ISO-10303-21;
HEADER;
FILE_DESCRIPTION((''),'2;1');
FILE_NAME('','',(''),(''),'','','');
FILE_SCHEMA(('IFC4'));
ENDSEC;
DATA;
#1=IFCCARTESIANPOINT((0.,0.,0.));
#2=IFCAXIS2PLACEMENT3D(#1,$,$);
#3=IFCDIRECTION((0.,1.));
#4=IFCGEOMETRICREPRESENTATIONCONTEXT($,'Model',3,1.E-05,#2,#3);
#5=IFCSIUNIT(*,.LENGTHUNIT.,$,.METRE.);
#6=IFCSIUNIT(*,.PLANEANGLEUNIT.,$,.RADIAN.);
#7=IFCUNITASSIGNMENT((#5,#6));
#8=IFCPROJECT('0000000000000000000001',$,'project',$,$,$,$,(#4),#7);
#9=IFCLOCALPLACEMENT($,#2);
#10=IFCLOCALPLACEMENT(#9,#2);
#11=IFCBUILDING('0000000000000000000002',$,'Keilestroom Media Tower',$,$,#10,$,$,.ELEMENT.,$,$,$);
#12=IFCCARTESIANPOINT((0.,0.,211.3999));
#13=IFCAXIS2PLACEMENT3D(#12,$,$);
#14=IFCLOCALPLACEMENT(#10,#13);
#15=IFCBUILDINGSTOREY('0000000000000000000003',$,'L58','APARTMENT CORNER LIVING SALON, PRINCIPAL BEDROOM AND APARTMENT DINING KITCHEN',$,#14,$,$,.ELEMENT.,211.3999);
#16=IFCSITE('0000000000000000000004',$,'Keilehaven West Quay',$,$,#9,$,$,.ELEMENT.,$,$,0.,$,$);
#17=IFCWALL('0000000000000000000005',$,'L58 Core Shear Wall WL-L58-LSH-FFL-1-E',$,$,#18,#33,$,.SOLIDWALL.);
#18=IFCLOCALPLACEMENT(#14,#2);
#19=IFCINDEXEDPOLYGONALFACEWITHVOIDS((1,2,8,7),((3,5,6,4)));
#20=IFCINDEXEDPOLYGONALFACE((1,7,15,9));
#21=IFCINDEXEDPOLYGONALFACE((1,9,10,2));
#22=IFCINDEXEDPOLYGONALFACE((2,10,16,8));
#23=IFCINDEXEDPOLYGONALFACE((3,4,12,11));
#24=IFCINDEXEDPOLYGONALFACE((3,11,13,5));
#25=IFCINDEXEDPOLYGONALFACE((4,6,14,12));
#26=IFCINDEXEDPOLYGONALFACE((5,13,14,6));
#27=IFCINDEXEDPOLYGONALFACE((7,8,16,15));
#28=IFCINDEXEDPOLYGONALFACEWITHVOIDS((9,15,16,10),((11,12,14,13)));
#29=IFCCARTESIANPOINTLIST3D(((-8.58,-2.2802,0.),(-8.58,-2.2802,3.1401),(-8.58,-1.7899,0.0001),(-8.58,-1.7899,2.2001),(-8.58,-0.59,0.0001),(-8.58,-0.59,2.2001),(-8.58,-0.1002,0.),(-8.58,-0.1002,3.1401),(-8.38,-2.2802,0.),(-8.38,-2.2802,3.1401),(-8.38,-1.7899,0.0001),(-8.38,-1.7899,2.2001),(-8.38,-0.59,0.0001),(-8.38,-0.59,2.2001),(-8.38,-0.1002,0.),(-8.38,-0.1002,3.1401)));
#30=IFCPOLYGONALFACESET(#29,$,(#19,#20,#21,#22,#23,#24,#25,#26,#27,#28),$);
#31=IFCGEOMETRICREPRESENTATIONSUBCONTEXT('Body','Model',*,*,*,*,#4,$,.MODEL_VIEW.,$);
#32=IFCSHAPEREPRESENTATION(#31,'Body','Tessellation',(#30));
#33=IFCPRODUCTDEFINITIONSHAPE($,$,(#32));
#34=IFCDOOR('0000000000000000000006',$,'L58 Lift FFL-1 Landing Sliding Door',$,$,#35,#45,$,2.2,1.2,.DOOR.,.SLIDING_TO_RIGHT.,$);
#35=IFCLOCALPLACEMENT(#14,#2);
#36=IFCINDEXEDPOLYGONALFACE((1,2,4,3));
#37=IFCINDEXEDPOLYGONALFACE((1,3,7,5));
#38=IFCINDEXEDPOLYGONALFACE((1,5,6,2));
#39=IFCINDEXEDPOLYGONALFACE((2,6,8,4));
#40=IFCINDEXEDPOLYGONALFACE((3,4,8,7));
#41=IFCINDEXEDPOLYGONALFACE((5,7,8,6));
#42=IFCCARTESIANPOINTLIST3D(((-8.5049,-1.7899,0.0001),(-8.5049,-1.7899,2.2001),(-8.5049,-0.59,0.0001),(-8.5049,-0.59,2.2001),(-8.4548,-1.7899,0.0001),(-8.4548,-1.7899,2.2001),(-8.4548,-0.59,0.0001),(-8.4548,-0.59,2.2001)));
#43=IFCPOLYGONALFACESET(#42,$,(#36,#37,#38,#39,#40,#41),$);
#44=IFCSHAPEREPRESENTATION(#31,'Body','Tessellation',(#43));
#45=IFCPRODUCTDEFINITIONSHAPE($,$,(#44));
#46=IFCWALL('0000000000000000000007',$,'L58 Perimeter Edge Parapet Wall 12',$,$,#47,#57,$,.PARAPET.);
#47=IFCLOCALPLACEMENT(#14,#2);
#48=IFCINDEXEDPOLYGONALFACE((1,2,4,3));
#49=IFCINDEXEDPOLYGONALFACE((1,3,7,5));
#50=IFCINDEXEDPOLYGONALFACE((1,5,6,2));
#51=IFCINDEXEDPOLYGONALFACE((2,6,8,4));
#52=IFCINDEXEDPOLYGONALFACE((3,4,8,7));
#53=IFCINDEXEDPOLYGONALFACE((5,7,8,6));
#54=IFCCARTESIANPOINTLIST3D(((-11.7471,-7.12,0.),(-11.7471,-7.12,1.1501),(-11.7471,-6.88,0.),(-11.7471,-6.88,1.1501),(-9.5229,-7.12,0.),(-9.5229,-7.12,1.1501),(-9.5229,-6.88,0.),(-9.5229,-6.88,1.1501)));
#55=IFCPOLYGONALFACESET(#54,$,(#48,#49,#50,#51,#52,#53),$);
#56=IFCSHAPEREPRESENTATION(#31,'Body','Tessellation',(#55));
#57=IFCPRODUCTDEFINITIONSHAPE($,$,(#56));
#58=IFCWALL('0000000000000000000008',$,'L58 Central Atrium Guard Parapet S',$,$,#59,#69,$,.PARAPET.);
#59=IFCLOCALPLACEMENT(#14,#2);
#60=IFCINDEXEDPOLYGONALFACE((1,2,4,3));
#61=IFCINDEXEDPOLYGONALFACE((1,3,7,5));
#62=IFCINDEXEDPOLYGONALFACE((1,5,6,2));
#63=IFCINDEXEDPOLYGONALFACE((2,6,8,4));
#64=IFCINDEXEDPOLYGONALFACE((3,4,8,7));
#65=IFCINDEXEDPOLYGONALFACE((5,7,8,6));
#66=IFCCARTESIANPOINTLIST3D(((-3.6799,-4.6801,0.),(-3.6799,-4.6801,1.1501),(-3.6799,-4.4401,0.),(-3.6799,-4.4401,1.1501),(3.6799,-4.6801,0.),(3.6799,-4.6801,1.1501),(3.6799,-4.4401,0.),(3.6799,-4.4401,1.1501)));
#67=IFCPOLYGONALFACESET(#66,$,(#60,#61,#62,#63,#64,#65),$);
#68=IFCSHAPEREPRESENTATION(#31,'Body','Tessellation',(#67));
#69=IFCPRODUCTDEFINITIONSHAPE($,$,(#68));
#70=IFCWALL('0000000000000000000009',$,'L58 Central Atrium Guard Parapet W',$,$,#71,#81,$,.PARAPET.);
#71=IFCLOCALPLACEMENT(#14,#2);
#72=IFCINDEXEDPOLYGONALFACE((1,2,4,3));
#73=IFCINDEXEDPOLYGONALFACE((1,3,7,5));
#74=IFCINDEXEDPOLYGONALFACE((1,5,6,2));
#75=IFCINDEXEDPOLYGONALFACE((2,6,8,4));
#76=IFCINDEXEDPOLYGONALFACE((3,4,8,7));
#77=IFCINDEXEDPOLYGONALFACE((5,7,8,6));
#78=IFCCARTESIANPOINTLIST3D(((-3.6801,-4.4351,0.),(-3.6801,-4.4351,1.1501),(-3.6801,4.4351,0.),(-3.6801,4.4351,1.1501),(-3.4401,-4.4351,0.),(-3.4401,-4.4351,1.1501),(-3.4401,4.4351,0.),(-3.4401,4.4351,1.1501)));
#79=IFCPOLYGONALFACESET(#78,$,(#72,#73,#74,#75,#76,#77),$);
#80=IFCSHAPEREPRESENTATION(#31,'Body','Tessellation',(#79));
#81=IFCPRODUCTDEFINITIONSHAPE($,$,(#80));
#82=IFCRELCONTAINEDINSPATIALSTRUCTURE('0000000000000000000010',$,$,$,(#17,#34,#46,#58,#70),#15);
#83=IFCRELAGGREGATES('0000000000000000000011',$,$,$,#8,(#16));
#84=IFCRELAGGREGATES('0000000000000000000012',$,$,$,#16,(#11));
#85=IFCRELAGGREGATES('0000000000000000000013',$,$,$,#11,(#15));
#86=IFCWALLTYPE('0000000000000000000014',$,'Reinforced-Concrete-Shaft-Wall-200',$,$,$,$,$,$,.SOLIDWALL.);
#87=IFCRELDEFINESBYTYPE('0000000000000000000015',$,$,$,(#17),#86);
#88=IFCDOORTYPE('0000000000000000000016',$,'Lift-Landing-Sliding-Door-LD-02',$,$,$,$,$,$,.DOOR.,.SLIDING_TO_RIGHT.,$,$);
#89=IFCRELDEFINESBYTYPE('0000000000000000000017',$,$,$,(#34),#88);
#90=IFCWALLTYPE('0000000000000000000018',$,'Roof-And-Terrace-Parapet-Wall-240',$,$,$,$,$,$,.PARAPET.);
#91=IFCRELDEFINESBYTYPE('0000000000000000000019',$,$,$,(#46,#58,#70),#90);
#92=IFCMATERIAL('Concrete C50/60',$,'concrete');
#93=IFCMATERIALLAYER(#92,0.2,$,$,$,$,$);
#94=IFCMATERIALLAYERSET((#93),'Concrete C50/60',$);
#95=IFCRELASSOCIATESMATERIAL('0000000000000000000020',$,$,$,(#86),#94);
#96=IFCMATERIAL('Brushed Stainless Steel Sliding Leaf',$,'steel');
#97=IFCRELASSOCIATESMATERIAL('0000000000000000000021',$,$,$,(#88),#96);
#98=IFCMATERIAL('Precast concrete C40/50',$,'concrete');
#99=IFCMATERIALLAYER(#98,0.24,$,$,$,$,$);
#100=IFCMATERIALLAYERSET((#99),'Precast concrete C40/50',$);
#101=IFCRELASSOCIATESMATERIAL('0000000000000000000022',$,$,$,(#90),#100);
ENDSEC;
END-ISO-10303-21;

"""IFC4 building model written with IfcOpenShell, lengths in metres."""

from ifc_helpers import new_model, si_unit, direction, frame, frame_2d, origin, place, context, subcontext, project, spatial, rectangle, extrude, source, transform, mapped, material, layer, layer_set, type_object, element, fill, save


model = new_model("IFC4")

# Units and contexts
model_context = context("Model", 3, precision=1e-05, world=origin(), true_north=direction((0.0, 1.0)))
body_context = subcontext(model_context, "Body", "Model", "MODEL_VIEW")
ifc_project = project(units=[si_unit("LENGTHUNIT", "METRE"), si_unit("PLANEANGLEUNIT", "RADIAN")], contexts=[model_context])

# Site, building, storey
site_placement = place(None, origin())
site = spatial("IfcSite", under=ifc_project, at=site_placement, Name="Keilehaven West Quay", CompositionType="ELEMENT", RefElevation=0.0)
building_placement = place(site_placement, origin())
building = spatial("IfcBuilding", under=site, at=building_placement, Name="Keilestroom Media Tower", CompositionType="ELEMENT")
storey_placement = place(building_placement, frame((0.0, 0.0, 211.3999)))
storey = spatial("IfcBuildingStorey", under=building, at=storey_placement, Name="L58", Description="APARTMENT CORNER LIVING SALON, PRINCIPAL BEDROOM AND APARTMENT DINING KITCHEN", CompositionType="ELEMENT", Elevation=211.3999)

# Shared definitions
ifc_material_1 = material(Name="Precast concrete C40/50", Category="concrete")

# Shared definitions
shared_shape_1 = source(origin(), body_context, "Body", "SweptSolid", [
    extrude(rectangle(XDim=1.2, YDim=2.2, at=frame_2d((0.6001, 1.1001))), frame((0.0, 0.0249, 0.0), z_axis=(0.0, -1.0, 0.0), x_axis=(1.0, 0.0, 0.0)), (0.0, 0.0, 1.0), 0.05),
])

# Shared definitions
ifc_material_2 = material(Name="Concrete C50/60", Category="concrete")
ifc_layer_1 = layer(ifc_material_2, 0.2)
ifc_layer_set_1 = layer_set([ifc_layer_1], Name="Concrete C50/60")
wall_type_1 = type_object("IfcWallType", Name="Reinforced-Concrete-Shaft-Wall-200", PredefinedType="SOLIDWALL", material=ifc_layer_set_1)

# Wall, opening, door
wall_1_placement = place(storey_placement, frame((-8.48, -2.28, 0.0), z_axis=(0.0, 0.0, 1.0), x_axis=(0.0, 1.0, 0.0)))
wall_1 = element("IfcWall", 1, at=wall_1_placement, inside=storey, type_object=wall_type_1, Name="L58 Core Shear Wall WL-L58-LSH-FFL-1-E", PredefinedType="SOLIDWALL", context=body_context, shape_type="SweptSolid", body=[
    extrude(rectangle(XDim=2.1799, YDim=0.2, at=frame_2d((1.0898, 0.0))), origin(), (0.0, 0.0, 1.0), 3.1401),
])
opening_1_placement = place(wall_1_placement, frame((0.49, 0.0, 0.0)))
opening_1 = element("IfcOpeningElement", 2, at=opening_1_placement, cuts=wall_1, PredefinedType="OPENING", context=body_context, shape_type="SweptSolid", body=[
    extrude(rectangle(XDim=1.2, YDim=2.2, at=frame_2d((0.6001, 1.1001))), frame((0.0, 0.1099, 0.0), z_axis=(0.0, -1.0, 0.0), x_axis=(1.0, 0.0, 0.0)), (0.0, 0.0, 1.0), 0.22),
])
ifc_material_3 = material(Name="Brushed Stainless Steel Sliding Leaf", Category="steel")
door_type_1 = type_object("IfcDoorType", Name="Lift-Landing-Sliding-Door-LD-02", OperationType="SLIDING_TO_RIGHT", PredefinedType="DOOR", material=ifc_material_3)
door_1_placement = place(opening_1_placement, origin())
door_1 = element("IfcDoor", 3, at=door_1_placement, inside=storey, type_object=door_type_1, Name="L58 Lift FFL-1 Landing Sliding Door", OperationType="SLIDING_TO_RIGHT", OverallHeight=2.2, OverallWidth=1.2, PredefinedType="DOOR", context=body_context, shape_type="MappedRepresentation", body=[
    mapped(shared_shape_1, transform((0.0, 0.0, 0.0), x_axis=(1.0, 0.0, 0.0), y_axis=(0.0, 1.0, 0.0), z_axis=(0.0, 0.0, 1.0), scale=1.0)),
])
fill(opening_1, door_1)

# Walls
ifc_layer_2 = layer(ifc_material_1, 0.24)
ifc_layer_set_2 = layer_set([ifc_layer_2], Name="Precast concrete C40/50")
wall_type_2 = type_object("IfcWallType", Name="Roof-And-Terrace-Parapet-Wall-240", PredefinedType="PARAPET", material=ifc_layer_set_2)
wall_2_placement = place(storey_placement, frame((-9.5229, -7.0, 0.0), z_axis=(0.0, 0.0, 1.0), x_axis=(-1.0, 0.0, 0.0)))
element("IfcWall", 4, at=wall_2_placement, inside=storey, type_object=wall_type_2, Name="L58 Perimeter Edge Parapet Wall 12", PredefinedType="PARAPET", context=body_context, shape_type="SweptSolid", body=[
    extrude(rectangle(XDim=2.2241, YDim=0.24, at=frame_2d((1.1121, 0.0))), origin(), (0.0, 0.0, 1.0), 1.1501),
])
wall_3_placement = place(storey_placement, frame((-3.6799, -4.5601, 0.0), z_axis=(0.0, 0.0, 1.0), x_axis=(1.0, 0.0, 0.0)))
element("IfcWall", 5, at=wall_3_placement, inside=storey, type_object=wall_type_2, Name="L58 Central Atrium Guard Parapet S", PredefinedType="PARAPET", context=body_context, shape_type="SweptSolid", body=[
    extrude(rectangle(XDim=7.3599, YDim=0.24, at=frame_2d((3.6799, 0.0))), origin(), (0.0, 0.0, 1.0), 1.1501),
])
wall_4_placement = place(storey_placement, frame((-3.5601, -4.4351, 0.0), z_axis=(0.0, 0.0, 1.0), x_axis=(0.0, 1.0, 0.0)))
element("IfcWall", 6, at=wall_4_placement, inside=storey, type_object=wall_type_2, Name="L58 Central Atrium Guard Parapet W", PredefinedType="PARAPET", context=body_context, shape_type="SweptSolid", body=[
    extrude(rectangle(XDim=8.8701, YDim=0.24, at=frame_2d((4.4351, 0.0))), origin(), (0.0, 0.0, 1.0), 1.1501),
])

save(model, "model.ifc")
